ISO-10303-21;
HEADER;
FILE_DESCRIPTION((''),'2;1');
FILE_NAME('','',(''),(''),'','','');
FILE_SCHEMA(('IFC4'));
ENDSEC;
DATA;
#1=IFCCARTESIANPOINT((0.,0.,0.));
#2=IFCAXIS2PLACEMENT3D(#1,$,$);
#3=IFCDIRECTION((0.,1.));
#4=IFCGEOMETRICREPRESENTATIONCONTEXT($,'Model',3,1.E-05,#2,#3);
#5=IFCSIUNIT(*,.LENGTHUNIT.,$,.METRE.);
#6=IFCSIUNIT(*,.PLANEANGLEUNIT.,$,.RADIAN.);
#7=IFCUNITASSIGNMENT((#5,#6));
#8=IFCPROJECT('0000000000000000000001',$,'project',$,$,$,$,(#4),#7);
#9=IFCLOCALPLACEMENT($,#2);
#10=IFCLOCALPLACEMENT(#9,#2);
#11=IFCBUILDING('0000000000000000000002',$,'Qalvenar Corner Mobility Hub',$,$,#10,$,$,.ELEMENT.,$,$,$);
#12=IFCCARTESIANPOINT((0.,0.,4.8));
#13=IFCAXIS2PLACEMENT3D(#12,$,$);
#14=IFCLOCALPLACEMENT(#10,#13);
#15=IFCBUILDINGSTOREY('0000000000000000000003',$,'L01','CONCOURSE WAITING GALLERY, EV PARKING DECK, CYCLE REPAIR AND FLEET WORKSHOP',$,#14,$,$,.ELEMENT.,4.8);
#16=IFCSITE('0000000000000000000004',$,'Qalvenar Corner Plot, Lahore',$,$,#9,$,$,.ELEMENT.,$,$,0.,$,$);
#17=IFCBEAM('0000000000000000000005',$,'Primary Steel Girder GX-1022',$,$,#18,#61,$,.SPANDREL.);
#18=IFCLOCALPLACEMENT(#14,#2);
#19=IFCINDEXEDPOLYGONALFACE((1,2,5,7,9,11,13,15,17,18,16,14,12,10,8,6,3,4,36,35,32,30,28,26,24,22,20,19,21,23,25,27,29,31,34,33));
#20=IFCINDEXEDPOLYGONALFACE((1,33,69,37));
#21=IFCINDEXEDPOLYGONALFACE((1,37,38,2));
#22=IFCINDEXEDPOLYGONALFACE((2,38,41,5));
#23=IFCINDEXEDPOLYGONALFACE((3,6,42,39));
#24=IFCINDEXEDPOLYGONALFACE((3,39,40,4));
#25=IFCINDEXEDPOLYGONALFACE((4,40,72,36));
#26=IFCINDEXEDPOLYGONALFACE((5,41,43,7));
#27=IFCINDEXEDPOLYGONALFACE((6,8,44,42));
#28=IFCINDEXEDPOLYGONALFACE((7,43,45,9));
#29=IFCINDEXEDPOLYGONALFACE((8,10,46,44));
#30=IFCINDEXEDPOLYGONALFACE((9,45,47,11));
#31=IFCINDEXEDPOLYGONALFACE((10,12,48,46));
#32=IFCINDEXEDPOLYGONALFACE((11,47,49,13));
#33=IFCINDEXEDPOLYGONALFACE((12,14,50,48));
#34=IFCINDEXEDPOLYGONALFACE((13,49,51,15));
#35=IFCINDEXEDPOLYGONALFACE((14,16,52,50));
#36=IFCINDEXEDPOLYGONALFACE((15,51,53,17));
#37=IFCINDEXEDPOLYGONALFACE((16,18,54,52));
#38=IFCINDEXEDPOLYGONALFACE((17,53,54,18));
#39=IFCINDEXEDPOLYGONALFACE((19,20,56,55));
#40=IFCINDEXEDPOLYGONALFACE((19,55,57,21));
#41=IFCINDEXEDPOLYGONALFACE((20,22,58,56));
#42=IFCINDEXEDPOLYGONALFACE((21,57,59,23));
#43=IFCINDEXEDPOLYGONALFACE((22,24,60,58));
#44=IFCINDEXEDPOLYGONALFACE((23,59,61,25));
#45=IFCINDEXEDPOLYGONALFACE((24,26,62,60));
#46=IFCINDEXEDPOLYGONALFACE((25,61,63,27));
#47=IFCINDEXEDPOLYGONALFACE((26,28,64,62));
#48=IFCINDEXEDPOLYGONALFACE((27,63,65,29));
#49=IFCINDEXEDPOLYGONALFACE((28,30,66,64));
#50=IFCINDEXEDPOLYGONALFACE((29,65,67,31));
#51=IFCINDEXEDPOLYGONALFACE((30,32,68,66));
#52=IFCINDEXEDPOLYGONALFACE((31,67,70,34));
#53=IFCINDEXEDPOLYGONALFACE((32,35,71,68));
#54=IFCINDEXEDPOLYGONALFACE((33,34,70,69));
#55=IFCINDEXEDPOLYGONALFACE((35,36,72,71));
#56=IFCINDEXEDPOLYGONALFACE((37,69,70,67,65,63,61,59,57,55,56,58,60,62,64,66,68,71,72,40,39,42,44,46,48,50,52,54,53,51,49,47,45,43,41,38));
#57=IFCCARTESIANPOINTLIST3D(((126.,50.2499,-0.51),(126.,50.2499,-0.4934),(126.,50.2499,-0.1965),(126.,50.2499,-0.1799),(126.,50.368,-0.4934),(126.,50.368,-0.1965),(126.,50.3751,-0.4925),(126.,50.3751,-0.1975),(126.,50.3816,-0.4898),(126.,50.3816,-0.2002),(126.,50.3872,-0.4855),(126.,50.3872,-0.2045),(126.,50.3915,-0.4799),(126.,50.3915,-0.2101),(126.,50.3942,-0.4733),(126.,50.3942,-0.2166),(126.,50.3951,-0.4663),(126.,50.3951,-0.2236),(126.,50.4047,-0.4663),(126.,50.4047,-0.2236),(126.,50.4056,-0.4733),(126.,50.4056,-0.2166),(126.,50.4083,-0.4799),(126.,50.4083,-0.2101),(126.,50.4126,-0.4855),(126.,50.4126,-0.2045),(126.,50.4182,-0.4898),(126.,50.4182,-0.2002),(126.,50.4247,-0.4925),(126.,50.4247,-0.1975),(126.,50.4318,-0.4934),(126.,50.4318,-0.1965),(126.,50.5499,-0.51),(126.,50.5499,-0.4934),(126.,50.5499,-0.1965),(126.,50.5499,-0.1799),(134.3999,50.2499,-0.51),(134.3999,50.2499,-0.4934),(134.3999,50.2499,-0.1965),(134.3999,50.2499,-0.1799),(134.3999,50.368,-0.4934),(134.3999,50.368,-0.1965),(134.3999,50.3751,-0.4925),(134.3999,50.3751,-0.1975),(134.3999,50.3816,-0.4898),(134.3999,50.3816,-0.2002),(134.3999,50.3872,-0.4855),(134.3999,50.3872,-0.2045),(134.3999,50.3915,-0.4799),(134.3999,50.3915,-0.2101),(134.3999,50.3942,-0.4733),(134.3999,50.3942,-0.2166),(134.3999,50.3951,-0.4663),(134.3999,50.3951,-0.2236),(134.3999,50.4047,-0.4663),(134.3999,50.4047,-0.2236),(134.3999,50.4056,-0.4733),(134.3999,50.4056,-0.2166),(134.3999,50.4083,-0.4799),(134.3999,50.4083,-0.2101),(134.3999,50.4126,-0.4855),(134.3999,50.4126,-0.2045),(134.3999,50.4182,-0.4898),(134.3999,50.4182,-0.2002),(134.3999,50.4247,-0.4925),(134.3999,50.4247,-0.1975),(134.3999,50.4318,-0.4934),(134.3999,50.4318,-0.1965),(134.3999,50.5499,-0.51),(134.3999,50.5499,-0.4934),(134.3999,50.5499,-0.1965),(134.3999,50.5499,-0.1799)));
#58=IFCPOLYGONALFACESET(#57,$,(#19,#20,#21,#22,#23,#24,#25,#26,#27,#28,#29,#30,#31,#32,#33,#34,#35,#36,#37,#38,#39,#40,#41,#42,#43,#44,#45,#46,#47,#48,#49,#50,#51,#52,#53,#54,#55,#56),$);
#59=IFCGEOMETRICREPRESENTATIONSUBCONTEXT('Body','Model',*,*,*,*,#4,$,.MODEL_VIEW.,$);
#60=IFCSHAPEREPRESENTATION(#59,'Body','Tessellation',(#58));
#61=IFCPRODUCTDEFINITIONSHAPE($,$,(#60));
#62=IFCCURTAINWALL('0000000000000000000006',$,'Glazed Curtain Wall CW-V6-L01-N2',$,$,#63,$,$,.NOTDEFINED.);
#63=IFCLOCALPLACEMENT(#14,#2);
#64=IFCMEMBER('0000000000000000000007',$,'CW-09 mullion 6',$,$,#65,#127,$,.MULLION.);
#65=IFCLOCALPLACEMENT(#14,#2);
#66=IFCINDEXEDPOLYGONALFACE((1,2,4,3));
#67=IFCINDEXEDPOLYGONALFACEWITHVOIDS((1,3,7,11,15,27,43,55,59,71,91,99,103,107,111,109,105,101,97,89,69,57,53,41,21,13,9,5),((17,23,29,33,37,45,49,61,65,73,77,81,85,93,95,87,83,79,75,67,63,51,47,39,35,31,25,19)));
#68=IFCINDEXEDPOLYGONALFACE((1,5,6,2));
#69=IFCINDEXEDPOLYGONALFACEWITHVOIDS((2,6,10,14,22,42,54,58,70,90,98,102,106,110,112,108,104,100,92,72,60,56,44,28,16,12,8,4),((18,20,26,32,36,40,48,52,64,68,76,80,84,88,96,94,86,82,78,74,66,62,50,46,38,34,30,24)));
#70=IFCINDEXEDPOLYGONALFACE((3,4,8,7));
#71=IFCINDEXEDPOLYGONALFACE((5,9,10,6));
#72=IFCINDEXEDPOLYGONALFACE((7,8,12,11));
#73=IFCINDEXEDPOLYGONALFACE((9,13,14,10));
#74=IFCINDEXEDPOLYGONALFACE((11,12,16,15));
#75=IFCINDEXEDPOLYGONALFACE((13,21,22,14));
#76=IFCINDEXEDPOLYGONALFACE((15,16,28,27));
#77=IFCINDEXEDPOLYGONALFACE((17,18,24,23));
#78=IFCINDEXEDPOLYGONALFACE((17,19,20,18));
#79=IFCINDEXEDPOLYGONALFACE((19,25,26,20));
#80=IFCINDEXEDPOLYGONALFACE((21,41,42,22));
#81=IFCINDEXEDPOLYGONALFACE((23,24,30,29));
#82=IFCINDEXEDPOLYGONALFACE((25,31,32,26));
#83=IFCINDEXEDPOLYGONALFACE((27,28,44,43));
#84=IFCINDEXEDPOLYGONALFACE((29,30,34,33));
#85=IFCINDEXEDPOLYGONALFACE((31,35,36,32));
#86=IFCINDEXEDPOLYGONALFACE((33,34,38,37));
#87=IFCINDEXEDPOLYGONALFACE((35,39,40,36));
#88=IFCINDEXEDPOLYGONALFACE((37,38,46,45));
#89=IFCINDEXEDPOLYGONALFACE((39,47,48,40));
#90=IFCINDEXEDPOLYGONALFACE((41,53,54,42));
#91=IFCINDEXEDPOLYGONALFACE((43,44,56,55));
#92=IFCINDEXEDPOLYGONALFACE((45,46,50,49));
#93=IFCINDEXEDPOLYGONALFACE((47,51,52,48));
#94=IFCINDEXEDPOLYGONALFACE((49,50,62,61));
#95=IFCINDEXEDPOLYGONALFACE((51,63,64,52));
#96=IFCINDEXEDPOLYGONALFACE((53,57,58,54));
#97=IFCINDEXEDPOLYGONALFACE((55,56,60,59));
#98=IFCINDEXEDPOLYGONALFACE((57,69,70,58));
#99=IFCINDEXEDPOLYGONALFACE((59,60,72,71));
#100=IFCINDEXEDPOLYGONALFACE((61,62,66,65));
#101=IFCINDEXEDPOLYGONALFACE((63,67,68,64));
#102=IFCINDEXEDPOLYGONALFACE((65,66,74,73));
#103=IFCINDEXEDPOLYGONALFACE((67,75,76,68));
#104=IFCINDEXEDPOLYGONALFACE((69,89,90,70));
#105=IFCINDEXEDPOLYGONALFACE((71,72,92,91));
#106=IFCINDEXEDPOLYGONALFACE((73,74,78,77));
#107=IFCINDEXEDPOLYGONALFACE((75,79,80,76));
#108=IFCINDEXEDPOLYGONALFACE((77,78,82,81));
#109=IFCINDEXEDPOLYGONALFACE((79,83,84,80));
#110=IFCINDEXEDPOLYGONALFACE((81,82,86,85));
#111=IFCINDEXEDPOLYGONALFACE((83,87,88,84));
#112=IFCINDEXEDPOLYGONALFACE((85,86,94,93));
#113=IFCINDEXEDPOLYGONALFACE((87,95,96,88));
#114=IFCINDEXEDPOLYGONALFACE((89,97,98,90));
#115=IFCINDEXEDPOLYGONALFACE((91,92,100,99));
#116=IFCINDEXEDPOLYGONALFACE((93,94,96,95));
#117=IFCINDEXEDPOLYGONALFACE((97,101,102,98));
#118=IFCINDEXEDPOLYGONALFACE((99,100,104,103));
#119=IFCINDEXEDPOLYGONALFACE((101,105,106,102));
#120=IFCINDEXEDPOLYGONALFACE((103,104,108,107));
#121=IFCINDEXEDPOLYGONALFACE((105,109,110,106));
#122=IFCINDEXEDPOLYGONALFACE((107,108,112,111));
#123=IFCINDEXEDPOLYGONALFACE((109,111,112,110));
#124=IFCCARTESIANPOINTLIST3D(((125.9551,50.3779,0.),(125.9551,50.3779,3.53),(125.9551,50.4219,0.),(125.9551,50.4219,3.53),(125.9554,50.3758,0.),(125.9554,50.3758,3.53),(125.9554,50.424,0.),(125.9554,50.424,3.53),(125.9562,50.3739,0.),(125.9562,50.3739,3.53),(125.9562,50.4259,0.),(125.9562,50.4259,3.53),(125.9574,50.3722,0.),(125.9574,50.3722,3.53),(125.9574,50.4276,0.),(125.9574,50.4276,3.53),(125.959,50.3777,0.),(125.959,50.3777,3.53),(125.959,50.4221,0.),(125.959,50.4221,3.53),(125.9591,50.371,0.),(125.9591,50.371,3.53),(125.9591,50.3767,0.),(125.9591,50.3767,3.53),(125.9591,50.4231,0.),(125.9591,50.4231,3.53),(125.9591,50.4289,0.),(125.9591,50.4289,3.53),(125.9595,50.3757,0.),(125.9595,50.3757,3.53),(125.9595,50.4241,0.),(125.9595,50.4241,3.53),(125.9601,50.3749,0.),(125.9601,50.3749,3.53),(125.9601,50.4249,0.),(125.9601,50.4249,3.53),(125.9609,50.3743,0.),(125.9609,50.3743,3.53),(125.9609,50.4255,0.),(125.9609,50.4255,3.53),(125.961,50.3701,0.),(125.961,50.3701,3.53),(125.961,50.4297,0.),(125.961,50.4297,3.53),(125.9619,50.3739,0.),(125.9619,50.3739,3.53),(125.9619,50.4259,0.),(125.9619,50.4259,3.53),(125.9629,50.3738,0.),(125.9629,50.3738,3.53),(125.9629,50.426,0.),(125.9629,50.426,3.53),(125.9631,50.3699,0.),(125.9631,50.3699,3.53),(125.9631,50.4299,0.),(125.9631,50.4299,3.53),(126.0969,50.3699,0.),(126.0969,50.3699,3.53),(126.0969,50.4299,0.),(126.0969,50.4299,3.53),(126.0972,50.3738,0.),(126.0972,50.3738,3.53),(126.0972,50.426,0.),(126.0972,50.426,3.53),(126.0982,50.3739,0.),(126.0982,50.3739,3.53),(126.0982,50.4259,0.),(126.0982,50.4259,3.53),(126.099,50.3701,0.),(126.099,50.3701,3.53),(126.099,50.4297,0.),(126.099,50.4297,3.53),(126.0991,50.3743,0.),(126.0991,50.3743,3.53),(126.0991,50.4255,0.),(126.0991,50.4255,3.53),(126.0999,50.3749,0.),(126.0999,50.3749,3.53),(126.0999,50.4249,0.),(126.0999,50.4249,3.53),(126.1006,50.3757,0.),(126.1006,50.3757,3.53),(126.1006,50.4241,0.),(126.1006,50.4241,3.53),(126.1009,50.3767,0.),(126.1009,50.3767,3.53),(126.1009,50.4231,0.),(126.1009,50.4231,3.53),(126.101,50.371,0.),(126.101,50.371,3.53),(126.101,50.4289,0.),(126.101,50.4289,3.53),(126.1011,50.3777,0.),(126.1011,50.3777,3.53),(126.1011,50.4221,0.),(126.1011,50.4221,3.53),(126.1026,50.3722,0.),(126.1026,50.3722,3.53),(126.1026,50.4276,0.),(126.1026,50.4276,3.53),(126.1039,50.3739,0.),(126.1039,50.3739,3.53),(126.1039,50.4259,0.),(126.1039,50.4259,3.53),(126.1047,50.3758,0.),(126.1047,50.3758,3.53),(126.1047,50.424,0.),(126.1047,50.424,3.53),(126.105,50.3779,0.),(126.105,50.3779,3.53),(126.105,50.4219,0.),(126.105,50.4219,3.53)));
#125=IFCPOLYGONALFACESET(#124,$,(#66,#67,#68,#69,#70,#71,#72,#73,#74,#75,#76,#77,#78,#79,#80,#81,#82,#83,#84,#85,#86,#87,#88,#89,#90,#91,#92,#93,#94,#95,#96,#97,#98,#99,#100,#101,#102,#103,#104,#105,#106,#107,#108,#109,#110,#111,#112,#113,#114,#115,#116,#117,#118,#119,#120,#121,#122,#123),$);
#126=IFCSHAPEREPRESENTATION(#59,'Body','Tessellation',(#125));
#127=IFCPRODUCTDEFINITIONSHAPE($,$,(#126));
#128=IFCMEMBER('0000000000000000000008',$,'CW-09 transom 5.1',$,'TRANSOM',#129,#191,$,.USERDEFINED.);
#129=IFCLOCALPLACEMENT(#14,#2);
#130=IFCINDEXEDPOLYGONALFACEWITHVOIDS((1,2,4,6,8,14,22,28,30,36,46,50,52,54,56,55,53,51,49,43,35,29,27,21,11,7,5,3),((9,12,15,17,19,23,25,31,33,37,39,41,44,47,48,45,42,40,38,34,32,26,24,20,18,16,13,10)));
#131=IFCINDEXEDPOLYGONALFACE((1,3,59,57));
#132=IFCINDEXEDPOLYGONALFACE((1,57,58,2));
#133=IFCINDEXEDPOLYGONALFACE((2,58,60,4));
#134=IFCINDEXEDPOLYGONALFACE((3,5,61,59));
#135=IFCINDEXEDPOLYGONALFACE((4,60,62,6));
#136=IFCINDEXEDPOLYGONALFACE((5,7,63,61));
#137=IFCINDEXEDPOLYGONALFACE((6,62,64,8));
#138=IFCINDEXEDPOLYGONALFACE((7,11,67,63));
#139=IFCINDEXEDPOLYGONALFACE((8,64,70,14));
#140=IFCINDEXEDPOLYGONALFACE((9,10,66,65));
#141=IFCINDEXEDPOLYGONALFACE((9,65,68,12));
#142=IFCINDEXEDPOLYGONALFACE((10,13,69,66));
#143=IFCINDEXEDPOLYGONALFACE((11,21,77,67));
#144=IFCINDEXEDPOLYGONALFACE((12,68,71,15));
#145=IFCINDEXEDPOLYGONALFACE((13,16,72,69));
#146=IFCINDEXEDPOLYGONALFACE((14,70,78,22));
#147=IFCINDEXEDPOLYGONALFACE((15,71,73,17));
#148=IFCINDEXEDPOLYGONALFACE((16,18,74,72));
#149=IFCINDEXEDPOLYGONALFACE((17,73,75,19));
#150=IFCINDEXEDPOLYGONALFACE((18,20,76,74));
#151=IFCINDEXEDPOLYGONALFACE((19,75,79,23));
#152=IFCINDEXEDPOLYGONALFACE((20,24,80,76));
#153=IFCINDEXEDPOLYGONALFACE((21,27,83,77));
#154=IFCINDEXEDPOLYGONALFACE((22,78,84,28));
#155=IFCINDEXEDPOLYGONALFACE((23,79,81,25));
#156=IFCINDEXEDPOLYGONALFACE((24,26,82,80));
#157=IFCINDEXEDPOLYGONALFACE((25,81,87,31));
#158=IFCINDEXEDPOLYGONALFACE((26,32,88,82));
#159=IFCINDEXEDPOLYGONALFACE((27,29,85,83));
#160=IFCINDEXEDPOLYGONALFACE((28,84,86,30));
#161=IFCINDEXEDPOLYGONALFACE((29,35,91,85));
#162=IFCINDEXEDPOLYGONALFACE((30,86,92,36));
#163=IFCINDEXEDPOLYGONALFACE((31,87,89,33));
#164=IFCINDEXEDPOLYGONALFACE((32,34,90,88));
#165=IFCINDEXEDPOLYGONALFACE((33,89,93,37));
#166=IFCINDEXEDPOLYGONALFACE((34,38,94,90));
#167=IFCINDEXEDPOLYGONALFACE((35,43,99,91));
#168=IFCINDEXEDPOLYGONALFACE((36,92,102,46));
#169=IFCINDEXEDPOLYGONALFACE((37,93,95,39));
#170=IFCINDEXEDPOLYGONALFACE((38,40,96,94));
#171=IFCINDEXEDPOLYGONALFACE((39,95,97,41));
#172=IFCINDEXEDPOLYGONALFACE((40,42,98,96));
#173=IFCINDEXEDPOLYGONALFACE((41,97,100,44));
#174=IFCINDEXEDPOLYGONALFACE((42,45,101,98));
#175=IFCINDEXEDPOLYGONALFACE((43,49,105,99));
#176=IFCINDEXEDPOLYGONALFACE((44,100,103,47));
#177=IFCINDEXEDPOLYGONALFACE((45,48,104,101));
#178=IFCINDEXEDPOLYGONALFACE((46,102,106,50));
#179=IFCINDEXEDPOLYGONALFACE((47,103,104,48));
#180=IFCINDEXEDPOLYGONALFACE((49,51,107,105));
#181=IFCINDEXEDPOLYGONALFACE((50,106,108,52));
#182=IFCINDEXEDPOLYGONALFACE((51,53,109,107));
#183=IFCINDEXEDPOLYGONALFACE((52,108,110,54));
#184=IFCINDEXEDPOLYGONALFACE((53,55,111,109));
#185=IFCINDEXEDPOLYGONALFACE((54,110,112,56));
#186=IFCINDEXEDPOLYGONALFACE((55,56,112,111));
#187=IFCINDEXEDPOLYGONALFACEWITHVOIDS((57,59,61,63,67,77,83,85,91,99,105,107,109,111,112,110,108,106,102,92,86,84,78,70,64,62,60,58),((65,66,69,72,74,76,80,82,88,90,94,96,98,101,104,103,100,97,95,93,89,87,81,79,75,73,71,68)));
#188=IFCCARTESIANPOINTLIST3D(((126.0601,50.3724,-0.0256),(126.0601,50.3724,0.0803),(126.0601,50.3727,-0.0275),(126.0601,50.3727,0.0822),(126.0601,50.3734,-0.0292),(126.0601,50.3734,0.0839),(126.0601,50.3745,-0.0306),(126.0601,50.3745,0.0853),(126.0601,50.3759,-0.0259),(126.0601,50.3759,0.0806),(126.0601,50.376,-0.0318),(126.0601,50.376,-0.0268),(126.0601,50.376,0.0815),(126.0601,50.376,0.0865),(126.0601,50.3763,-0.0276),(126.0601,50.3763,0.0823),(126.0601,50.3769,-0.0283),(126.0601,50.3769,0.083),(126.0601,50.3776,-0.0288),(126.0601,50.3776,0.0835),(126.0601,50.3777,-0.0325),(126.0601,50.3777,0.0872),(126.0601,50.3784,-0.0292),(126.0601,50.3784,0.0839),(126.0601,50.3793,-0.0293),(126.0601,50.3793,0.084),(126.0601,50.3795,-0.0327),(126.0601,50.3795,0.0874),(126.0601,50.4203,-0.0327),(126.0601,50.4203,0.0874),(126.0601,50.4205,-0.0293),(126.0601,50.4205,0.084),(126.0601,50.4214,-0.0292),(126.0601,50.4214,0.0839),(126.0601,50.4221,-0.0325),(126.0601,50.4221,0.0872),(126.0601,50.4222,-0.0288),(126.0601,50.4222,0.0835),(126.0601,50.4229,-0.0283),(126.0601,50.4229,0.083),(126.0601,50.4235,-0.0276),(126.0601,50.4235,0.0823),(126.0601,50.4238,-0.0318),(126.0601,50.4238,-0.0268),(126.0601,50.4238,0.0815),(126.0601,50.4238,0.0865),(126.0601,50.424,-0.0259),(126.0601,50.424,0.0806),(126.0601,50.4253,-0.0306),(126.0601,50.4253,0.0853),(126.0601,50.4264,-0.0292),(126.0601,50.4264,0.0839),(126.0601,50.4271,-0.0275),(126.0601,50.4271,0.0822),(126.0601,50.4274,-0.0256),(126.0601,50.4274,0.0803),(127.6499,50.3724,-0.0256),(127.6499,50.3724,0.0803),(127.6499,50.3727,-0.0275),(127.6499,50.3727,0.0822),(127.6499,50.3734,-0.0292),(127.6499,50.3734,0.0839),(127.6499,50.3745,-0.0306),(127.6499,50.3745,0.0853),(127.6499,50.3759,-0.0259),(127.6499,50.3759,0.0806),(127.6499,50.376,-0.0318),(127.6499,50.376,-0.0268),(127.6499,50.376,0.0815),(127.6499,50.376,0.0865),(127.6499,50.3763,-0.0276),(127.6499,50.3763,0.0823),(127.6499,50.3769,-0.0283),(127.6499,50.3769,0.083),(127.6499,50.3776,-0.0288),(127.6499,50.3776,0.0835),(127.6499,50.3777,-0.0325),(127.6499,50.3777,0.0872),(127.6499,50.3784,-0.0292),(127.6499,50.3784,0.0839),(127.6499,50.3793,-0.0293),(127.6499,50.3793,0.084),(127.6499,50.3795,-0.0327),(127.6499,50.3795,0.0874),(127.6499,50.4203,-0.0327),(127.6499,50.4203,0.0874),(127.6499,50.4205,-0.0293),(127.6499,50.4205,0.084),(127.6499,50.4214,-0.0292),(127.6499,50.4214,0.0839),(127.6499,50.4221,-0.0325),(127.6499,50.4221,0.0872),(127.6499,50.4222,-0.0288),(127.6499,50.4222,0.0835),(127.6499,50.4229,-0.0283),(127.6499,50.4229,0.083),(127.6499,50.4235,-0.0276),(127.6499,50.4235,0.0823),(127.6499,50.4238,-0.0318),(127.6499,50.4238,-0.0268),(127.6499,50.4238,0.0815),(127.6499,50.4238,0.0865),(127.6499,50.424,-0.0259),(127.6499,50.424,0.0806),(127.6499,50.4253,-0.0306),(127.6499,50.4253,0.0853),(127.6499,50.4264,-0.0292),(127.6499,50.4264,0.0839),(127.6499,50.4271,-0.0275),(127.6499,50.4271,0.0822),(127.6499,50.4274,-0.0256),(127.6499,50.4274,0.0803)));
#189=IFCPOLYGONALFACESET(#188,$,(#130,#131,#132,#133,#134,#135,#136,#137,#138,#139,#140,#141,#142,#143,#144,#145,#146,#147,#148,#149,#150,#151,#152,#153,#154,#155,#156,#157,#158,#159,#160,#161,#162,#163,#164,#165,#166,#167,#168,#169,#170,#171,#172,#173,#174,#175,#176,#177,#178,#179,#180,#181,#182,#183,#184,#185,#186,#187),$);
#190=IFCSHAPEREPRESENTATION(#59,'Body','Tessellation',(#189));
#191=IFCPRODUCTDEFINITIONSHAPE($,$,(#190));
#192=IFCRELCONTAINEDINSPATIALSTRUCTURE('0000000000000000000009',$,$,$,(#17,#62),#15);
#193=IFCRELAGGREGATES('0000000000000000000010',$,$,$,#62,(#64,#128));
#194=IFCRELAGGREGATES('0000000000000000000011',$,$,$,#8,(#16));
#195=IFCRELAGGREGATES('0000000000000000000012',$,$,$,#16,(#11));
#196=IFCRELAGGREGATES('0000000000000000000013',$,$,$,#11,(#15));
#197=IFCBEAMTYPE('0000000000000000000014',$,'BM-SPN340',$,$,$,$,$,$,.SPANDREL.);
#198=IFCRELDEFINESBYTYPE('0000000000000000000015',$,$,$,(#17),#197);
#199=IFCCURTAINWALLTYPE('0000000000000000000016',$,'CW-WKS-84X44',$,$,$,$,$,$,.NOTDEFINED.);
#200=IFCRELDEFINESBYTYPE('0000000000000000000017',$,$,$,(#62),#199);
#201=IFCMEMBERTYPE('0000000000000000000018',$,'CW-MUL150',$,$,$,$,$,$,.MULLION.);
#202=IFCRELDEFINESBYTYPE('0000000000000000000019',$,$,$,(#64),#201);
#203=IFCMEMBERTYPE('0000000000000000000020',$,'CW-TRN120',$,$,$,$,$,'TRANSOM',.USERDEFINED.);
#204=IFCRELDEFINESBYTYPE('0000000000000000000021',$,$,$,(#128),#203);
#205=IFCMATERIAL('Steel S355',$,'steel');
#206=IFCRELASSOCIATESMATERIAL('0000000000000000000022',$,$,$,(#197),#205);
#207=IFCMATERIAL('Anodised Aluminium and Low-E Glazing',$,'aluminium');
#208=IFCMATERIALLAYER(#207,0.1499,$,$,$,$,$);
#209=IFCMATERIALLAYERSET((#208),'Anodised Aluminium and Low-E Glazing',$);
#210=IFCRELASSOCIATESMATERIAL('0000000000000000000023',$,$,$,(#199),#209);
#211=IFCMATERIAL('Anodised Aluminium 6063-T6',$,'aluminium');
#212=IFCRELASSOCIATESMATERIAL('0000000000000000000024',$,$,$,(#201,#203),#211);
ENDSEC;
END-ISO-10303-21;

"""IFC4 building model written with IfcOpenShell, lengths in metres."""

from ifc_helpers import new_model, si_unit, direction, frame, origin, origin_2d, place, context, subcontext, project, spatial, hollow_rectangle, i_section, extrude, material, layer, layer_set, material_profile, profile_set, type_object, element, aggregate, save


model = new_model("IFC4")

# Units and contexts
model_context = context("Model", 3, precision=1e-05, world=origin(), true_north=direction((0.0, 1.0)))
body_context = subcontext(model_context, "Body", "Model", "MODEL_VIEW")
ifc_project = project(units=[si_unit("LENGTHUNIT", "METRE"), si_unit("PLANEANGLEUNIT", "RADIAN")], contexts=[model_context])

# Site, building, storey
site_placement = place(None, origin())
site = spatial("IfcSite", under=ifc_project, at=site_placement, Name="Qalvenar Corner Plot, Lahore", CompositionType="ELEMENT", RefElevation=0.0)
building_placement = place(site_placement, origin())
building = spatial("IfcBuilding", under=site, at=building_placement, Name="Qalvenar Corner Mobility Hub", CompositionType="ELEMENT")
storey_placement = place(building_placement, frame((0.0, 0.0, 4.8)))
storey = spatial("IfcBuildingStorey", under=building, at=storey_placement, Name="L01", Description="CONCOURSE WAITING GALLERY, EV PARKING DECK, CYCLE REPAIR AND FLEET WORKSHOP", CompositionType="ELEMENT", Elevation=4.8)

# Shared definitions
ifc_material_1 = material(Name="Steel S355", Category="steel")

# Beam
ifc_material_profile_1 = material_profile(ifc_material_1, i_section(OverallWidth=0.3, OverallDepth=0.3301, WebThickness=0.0095, FlangeThickness=0.0166, FilletRadius=0.0271, at=origin_2d()), Name="HEA340")
ifc_profile_set_1 = profile_set([ifc_material_profile_1], Name="Steel S355")
beam_type_1 = type_object("IfcBeamType", Name="BM-SPN340", PredefinedType="SPANDREL", material=ifc_profile_set_1)
beam_1_placement = place(storey_placement, frame((126.0, 50.3999, -0.345), z_axis=(1.0, 0.0, 0.0), x_axis=(0.0, 1.0, 0.0)))
element("IfcBeam", 1, at=beam_1_placement, inside=storey, type_object=beam_type_1, Name="Primary Steel Girder GX-1022", PredefinedType="SPANDREL", context=body_context, shape_type="SweptSolid", body=[
    extrude(i_section(OverallWidth=0.3, OverallDepth=0.3301, WebThickness=0.0095, FlangeThickness=0.0166, FilletRadius=0.0271, at=origin_2d()), origin(), (0.0, 0.0, 1.0), 8.3999),
])

# Curtain wall, members
ifc_material_2 = material(Name="Anodised Aluminium and Low-E Glazing", Category="aluminium")
ifc_layer_1 = layer(ifc_material_2, 0.1499)
ifc_layer_set_1 = layer_set([ifc_layer_1], Name="Anodised Aluminium and Low-E Glazing")
curtain_wall_type = type_object("IfcCurtainWallType", Name="CW-WKS-84X44", PredefinedType="NOTDEFINED", material=ifc_layer_set_1)
curtain_wall_placement = place(storey_placement, origin())
curtain_wall = element("IfcCurtainWall", 2, at=curtain_wall_placement, inside=storey, type_object=curtain_wall_type, Name="Glazed Curtain Wall CW-V6-L01-N2", PredefinedType="NOTDEFINED")
ifc_material_3 = material(Name="Anodised Aluminium 6063-T6", Category="aluminium")
ifc_material_profile_2 = material_profile(ifc_material_3, hollow_rectangle(XDim=0.0601, YDim=0.1499, WallThickness=0.0039, InnerFilletRadius=0.0039, OuterFilletRadius=0.0081, at=origin_2d()), Name="RHS150x60x4")
ifc_profile_set_2 = profile_set([ifc_material_profile_2], Name="Anodised Aluminium 6063-T6")
member_type_1 = type_object("IfcMemberType", Name="CW-MUL150", PredefinedType="MULLION", material=ifc_profile_set_2)
member_1_placement = place(storey_placement, frame((126.03, 50.3999, 0.0), z_axis=(0.0, 0.0, 1.0), x_axis=(0.0, -1.0, 0.0)))
member_1 = element("IfcMember", 3, at=member_1_placement, type_object=member_type_1, Name="CW-09 mullion 6", PredefinedType="MULLION", context=body_context, shape_type="SweptSolid", body=[
    extrude(hollow_rectangle(XDim=0.0601, YDim=0.1499, WallThickness=0.0039, InnerFilletRadius=0.0039, OuterFilletRadius=0.0081, at=origin_2d()), origin(), (0.0, 0.0, 1.0), 3.53),
])
ifc_material_profile_3 = material_profile(ifc_material_3, hollow_rectangle(XDim=0.0549, YDim=0.1201, WallThickness=0.0034, InnerFilletRadius=0.0034, OuterFilletRadius=0.0071, at=origin_2d()), Name="RHS120x55x3.5")
ifc_profile_set_3 = profile_set([ifc_material_profile_3], Name="Anodised Aluminium 6063-T6")
member_type_2 = type_object("IfcMemberType", Name="CW-TRN120", ElementType="TRANSOM", PredefinedType="USERDEFINED", material=ifc_profile_set_3)
member_2_placement = place(storey_placement, frame((127.6499, 50.3999, 0.0273), z_axis=(-1.0, 0.0, 0.0), x_axis=(0.0, -1.0, 0.0)))
member_2 = element("IfcMember", 4, at=member_2_placement, type_object=member_type_2, Name="CW-09 transom 5.1", ObjectType="TRANSOM", PredefinedType="USERDEFINED", context=body_context, shape_type="SweptSolid", body=[
    extrude(hollow_rectangle(XDim=0.0549, YDim=0.1201, WallThickness=0.0034, InnerFilletRadius=0.0034, OuterFilletRadius=0.0071, at=origin_2d()), origin(), (0.0, 0.0, 1.0), 1.5898),
])
aggregate(curtain_wall, [member_1, member_2])

save(model, "model.ifc")
